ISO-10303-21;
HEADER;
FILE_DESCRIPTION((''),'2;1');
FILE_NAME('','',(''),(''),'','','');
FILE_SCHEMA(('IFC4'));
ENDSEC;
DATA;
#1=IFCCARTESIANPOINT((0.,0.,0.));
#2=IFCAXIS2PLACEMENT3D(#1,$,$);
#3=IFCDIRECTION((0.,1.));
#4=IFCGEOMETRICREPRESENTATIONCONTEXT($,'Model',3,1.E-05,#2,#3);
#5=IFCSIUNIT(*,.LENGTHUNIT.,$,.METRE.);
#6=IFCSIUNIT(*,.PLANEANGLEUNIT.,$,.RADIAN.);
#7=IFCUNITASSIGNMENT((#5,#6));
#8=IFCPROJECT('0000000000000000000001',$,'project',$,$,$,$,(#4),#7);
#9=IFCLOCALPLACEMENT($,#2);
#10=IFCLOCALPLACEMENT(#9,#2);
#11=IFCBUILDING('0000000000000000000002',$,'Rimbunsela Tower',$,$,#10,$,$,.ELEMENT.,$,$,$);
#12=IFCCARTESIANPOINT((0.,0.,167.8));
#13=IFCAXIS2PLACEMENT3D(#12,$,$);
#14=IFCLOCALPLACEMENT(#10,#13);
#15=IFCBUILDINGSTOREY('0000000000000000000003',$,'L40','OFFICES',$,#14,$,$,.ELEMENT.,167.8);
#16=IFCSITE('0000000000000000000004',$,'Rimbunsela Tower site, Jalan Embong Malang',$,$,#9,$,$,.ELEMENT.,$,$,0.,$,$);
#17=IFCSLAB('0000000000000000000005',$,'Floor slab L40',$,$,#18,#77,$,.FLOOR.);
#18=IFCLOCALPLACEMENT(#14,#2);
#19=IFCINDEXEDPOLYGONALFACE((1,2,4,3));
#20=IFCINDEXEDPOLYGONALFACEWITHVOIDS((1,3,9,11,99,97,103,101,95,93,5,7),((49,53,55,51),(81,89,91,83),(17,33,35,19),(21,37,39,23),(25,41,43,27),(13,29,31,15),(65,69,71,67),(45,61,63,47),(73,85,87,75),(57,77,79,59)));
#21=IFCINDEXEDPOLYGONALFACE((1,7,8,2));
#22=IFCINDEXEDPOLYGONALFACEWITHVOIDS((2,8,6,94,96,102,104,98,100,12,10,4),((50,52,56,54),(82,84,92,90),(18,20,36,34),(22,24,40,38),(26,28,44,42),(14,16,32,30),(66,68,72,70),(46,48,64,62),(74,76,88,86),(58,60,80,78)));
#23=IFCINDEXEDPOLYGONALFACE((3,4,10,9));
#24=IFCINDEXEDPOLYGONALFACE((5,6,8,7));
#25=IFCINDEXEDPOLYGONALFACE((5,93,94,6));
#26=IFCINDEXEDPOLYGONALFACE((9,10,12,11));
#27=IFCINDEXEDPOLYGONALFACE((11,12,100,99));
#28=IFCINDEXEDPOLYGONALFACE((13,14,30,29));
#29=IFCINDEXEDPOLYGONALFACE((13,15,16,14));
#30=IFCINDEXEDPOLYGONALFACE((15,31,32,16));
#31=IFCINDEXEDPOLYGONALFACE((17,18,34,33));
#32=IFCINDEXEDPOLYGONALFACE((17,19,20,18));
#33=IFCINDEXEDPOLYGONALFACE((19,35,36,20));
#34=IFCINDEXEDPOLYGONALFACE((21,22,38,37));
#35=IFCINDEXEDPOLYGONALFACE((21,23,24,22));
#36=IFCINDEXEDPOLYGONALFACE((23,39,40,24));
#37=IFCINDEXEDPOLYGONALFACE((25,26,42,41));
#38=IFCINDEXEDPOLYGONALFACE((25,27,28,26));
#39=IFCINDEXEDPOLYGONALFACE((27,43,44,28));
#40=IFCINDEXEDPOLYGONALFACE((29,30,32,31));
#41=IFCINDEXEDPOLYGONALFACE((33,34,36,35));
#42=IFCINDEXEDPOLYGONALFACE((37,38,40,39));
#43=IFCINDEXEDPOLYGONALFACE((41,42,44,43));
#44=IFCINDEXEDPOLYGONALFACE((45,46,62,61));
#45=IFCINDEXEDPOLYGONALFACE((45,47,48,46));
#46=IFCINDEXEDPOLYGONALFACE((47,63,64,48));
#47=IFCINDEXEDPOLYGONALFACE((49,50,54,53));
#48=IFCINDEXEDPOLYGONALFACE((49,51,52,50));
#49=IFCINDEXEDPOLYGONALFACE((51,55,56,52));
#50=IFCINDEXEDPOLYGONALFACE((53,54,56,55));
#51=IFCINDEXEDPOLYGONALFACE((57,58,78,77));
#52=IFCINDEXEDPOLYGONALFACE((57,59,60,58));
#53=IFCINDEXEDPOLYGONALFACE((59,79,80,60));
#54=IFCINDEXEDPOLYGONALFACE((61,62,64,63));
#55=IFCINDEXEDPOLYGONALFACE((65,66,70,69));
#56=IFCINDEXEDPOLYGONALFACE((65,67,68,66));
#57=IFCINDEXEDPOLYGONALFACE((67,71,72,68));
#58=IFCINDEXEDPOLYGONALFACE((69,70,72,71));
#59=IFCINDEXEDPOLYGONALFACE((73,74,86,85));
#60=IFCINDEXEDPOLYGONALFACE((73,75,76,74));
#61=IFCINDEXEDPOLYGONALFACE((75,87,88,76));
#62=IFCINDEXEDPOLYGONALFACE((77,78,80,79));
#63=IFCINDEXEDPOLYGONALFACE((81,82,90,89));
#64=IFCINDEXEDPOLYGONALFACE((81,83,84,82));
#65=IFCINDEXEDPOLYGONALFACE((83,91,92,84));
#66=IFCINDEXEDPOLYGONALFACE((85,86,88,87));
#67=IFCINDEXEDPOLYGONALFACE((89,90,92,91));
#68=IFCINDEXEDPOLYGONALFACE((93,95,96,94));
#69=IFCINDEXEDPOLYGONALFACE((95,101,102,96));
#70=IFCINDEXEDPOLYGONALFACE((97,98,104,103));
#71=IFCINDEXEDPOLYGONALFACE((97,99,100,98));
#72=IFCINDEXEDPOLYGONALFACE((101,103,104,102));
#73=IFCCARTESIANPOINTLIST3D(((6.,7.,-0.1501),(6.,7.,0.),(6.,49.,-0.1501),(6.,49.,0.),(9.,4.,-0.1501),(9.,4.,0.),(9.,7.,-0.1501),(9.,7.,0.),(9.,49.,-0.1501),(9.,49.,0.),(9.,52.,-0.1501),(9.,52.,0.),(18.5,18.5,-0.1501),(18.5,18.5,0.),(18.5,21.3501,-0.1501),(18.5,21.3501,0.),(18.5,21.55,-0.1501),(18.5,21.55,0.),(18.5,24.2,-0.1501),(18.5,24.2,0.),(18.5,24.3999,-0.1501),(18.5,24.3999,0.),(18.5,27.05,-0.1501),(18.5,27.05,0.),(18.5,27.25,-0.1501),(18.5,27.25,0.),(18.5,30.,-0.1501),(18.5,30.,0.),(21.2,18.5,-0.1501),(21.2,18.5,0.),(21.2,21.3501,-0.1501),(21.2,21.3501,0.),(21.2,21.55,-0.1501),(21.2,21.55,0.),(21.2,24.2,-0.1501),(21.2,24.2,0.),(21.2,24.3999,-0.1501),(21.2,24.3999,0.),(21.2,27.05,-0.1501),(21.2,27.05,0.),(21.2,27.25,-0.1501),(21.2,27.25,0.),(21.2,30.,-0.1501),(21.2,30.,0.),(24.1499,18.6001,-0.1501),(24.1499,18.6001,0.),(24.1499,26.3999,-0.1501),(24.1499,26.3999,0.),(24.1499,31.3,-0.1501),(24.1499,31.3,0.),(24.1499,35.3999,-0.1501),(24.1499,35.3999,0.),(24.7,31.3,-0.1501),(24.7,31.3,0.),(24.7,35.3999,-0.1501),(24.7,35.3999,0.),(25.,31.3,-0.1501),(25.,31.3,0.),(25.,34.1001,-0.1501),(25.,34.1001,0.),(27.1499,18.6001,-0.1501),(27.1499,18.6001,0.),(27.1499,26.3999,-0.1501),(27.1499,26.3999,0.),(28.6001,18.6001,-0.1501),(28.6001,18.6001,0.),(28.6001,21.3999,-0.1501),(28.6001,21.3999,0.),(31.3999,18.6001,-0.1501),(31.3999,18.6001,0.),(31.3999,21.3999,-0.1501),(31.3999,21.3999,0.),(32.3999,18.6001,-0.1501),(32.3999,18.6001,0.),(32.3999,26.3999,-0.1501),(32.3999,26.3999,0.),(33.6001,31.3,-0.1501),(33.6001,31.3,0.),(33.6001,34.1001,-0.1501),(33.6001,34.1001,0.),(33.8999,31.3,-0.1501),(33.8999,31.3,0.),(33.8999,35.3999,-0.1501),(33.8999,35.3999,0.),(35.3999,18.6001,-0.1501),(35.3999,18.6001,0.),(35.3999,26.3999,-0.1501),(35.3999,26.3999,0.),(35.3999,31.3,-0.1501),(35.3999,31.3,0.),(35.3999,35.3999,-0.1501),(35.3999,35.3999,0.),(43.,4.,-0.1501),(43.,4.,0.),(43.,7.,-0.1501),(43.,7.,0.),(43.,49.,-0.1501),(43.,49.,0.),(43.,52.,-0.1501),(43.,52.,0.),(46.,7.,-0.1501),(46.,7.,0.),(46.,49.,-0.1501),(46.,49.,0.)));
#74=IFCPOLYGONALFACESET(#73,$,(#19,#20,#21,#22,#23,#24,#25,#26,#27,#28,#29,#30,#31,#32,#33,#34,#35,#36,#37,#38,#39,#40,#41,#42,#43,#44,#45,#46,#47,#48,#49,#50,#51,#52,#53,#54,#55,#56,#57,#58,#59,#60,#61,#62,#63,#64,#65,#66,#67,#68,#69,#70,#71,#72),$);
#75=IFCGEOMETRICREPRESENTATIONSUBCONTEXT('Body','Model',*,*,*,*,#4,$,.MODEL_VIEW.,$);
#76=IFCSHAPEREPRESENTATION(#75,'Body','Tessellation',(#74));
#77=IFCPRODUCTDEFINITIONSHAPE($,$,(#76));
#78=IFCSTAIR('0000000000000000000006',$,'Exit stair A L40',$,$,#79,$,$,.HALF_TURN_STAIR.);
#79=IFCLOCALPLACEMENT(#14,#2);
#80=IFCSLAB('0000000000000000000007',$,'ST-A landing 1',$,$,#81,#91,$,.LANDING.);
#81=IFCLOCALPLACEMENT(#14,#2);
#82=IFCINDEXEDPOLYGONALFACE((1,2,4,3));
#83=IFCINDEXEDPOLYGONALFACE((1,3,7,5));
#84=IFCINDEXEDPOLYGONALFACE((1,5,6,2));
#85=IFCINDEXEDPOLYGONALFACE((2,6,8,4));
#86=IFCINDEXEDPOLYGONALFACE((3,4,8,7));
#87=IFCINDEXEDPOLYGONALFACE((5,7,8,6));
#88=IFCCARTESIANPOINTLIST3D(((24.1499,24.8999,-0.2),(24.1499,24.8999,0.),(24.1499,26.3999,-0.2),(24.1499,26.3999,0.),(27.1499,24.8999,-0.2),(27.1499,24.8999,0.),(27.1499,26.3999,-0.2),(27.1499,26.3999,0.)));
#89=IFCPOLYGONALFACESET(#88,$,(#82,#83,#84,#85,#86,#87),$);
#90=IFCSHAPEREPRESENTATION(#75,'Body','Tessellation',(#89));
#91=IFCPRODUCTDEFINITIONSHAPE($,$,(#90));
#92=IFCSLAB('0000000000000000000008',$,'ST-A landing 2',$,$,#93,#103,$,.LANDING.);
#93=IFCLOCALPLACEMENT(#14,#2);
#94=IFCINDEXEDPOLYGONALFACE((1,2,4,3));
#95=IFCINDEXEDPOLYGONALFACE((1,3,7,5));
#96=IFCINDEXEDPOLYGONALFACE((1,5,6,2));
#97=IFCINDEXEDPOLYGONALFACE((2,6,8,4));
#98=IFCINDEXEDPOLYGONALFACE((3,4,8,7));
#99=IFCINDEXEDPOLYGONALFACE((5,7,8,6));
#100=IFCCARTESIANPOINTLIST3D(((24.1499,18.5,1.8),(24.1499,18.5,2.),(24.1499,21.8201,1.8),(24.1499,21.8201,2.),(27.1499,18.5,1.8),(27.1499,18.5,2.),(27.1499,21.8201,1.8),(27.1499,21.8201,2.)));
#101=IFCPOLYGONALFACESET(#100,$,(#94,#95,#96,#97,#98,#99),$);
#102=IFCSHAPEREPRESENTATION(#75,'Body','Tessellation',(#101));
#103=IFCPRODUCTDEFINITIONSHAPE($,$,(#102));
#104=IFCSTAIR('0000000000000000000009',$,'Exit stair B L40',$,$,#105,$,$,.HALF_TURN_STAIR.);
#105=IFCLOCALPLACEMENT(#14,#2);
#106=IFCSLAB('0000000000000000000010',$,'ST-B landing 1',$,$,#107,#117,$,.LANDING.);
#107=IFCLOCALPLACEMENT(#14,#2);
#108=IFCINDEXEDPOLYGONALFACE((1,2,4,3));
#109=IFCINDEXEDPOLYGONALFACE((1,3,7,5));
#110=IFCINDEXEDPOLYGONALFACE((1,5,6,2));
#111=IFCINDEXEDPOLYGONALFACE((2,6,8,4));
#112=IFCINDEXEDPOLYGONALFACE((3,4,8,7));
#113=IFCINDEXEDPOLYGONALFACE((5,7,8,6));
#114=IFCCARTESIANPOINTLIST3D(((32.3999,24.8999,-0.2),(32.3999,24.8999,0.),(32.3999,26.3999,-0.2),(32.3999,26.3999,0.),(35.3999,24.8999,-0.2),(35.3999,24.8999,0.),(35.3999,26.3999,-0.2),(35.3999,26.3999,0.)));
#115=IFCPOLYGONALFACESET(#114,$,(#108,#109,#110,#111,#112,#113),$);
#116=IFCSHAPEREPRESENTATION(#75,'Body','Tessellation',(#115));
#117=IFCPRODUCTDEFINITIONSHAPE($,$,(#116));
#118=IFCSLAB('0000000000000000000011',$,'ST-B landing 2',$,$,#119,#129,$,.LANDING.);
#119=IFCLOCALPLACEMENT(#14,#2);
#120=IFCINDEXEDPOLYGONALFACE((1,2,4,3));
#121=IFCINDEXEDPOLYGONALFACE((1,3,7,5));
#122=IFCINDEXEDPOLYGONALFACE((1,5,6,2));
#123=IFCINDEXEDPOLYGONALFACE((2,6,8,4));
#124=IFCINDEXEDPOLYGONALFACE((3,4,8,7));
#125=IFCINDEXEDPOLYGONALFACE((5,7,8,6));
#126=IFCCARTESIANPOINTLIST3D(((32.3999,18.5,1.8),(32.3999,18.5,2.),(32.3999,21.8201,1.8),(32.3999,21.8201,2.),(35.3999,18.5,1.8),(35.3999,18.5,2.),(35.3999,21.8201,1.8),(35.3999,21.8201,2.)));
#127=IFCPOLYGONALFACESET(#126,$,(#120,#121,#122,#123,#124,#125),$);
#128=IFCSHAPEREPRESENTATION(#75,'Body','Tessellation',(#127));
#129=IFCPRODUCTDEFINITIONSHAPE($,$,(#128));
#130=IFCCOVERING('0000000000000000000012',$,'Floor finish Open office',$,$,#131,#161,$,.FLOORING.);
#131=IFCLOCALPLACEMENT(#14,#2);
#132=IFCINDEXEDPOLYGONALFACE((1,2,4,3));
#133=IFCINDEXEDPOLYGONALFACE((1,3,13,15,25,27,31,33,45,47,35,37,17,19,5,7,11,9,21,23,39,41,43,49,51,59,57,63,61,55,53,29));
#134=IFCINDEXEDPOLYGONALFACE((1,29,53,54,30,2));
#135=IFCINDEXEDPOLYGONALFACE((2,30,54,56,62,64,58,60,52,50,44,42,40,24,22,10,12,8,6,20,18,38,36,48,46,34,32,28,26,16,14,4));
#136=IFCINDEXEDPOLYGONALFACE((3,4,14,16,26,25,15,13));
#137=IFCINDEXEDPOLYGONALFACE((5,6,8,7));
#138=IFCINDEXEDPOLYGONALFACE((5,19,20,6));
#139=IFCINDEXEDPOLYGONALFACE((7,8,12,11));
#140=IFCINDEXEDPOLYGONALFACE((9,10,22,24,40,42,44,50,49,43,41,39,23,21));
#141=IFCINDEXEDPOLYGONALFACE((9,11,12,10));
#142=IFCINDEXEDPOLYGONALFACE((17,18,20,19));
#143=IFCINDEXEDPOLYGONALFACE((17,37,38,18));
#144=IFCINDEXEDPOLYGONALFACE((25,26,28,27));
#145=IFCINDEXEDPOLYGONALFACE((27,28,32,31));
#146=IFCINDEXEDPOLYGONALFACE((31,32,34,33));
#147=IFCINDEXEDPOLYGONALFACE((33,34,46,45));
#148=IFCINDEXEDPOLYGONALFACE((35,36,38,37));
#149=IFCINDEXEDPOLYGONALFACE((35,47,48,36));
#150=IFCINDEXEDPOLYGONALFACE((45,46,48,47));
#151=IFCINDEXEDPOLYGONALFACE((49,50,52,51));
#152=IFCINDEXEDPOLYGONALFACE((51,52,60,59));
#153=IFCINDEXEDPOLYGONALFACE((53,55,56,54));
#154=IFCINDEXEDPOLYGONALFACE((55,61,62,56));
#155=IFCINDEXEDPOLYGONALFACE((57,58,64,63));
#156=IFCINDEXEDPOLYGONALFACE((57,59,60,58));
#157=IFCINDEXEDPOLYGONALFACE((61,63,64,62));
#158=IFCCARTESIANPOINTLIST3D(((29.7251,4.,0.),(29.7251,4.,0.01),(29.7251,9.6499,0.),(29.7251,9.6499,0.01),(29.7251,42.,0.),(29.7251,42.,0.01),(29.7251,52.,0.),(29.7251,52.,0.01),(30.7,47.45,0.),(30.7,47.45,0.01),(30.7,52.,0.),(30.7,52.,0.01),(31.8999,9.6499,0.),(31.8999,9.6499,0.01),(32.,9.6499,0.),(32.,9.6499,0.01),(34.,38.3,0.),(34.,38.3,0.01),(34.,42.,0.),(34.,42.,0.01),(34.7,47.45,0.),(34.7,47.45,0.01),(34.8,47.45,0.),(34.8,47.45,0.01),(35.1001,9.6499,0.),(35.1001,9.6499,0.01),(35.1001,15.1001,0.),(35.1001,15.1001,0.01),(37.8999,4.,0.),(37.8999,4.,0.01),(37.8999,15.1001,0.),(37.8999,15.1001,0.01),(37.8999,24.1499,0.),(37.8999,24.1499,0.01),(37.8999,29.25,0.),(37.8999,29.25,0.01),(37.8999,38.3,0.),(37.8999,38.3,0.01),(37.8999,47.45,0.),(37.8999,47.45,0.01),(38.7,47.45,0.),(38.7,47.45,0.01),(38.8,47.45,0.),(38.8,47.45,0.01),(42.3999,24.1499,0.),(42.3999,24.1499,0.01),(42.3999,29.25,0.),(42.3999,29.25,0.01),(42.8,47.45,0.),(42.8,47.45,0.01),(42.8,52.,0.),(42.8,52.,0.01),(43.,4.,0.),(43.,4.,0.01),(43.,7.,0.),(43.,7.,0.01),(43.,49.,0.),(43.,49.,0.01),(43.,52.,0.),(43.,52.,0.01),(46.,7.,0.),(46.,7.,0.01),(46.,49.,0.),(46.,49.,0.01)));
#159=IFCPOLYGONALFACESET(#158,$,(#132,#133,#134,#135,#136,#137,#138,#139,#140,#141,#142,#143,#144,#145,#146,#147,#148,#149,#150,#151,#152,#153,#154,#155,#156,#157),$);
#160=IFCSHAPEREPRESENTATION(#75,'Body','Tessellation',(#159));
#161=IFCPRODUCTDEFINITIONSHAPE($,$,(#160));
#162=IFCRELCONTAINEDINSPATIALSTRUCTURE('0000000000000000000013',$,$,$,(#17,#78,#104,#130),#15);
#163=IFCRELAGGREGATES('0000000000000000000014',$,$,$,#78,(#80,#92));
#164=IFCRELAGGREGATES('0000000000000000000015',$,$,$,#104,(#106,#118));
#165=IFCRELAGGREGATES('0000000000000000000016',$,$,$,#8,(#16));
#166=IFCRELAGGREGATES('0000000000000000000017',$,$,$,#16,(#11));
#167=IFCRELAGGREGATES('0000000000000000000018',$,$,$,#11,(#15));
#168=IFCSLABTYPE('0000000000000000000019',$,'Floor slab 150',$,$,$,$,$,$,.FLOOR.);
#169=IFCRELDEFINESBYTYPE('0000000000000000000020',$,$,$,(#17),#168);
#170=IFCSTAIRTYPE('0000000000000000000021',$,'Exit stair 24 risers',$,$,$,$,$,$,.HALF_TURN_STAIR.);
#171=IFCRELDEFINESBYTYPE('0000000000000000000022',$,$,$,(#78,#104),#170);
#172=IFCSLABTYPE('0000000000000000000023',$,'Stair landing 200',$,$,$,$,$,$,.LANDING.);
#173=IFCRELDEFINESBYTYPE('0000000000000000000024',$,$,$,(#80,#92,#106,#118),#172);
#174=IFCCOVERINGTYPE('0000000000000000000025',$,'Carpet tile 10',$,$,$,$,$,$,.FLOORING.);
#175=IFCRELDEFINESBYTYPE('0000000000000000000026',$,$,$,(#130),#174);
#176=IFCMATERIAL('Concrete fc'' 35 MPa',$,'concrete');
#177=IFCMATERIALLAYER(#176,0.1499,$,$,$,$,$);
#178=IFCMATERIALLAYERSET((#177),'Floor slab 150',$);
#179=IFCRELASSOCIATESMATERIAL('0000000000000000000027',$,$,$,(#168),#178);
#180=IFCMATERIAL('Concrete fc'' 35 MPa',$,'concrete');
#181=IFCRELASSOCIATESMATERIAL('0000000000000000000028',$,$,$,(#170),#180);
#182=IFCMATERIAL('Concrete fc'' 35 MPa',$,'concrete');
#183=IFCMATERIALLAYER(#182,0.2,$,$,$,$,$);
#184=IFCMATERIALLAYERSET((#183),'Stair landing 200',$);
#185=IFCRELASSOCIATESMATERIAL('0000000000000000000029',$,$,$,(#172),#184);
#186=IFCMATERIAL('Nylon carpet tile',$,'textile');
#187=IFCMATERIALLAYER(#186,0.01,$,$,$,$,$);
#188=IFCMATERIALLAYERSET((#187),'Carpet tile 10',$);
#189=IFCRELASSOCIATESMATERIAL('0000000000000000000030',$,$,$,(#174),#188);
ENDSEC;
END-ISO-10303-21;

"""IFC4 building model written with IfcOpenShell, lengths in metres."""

from ifc_helpers import new_model, si_unit, direction, frame, origin, place, context, subcontext, project, spatial, polyline, outline, extrude, material, layer, layer_set, type_object, element, aggregate, save


model = new_model("IFC4")

# Units and contexts
model_context = context("Model", 3, precision=1e-05, world=origin(), true_north=direction((0.0, 1.0)))
body_context = subcontext(model_context, "Body", "Model", "MODEL_VIEW")
ifc_project = project(units=[si_unit("LENGTHUNIT", "METRE"), si_unit("PLANEANGLEUNIT", "RADIAN")], contexts=[model_context])

# Site, building, storey
site_placement = place(None, origin())
site = spatial("IfcSite", under=ifc_project, at=site_placement, Name="Rimbunsela Tower site, Jalan Embong Malang", CompositionType="ELEMENT", RefElevation=0.0)
building_placement = place(site_placement, origin())
building = spatial("IfcBuilding", under=site, at=building_placement, Name="Rimbunsela Tower", CompositionType="ELEMENT")
storey_placement = place(building_placement, frame((0.0, 0.0, 167.8)))
storey = spatial("IfcBuildingStorey", under=building, at=storey_placement, Name="L40", Description="OFFICES", CompositionType="ELEMENT", Elevation=167.8)

# Slab
ifc_material_1 = material(Name="Concrete fc' 35 MPa", Category="concrete")
ifc_layer_1 = layer(ifc_material_1, 0.1499)
ifc_layer_set_1 = layer_set([ifc_layer_1], Name="Floor slab 150")
slab_type_1 = type_object("IfcSlabType", Name="Floor slab 150", PredefinedType="FLOOR", material=ifc_layer_set_1)
slab_1_placement = place(storey_placement, frame((0.0, 0.0, -0.1501)))
element("IfcSlab", 1, at=slab_1_placement, inside=storey, type_object=slab_type_1, Name="Floor slab L40", PredefinedType="FLOOR", context=body_context, shape_type="SweptSolid", body=[
    extrude(outline(polyline([(9.0, 4.0), (43.0, 4.0), (43.0, 7.0), (46.0, 7.0), (46.0, 49.0), (43.0, 49.0), (43.0, 52.0), (9.0, 52.0), (9.0, 49.0), (6.0, 49.0), (6.0, 7.0), (9.0, 7.0), (9.0, 4.0)]), holes=[polyline([(21.2, 21.3501), (18.5, 21.3501), (18.5, 18.5), (21.2, 18.5), (21.2, 21.3501)]), polyline([(21.2, 21.55), (21.2, 24.2), (18.5, 24.2), (18.5, 21.55), (21.2, 21.55)]), polyline([(21.2, 27.05), (18.5, 27.05), (18.5, 24.3999), (21.2, 24.3999), (21.2, 27.05)]), polyline([(21.2, 27.25), (21.2, 30.0), (18.5, 30.0), (18.5, 27.25), (21.2, 27.25)]), polyline([(27.1499, 18.6001), (27.1499, 26.3999), (24.1499, 26.3999), (24.1499, 18.6001), (27.1499, 18.6001)]), polyline([(24.7, 31.3), (24.7, 35.3999), (24.1499, 35.3999), (24.1499, 31.3), (24.7, 31.3)]), polyline([(25.0, 34.1001), (25.0, 31.3), (33.6001, 31.3), (33.6001, 34.1001), (25.0, 34.1001)]), polyline([(31.3999, 21.3999), (28.6001, 21.3999), (28.6001, 18.6001), (31.3999, 18.6001), (31.3999, 21.3999)]), polyline([(35.3999, 18.6001), (35.3999, 26.3999), (32.3999, 26.3999), (32.3999, 18.6001), (35.3999, 18.6001)]), polyline([(35.3999, 31.3), (35.3999, 35.3999), (33.8999, 35.3999), (33.8999, 31.3), (35.3999, 31.3)])]), origin(), (0.0, 0.0, 1.0), 0.1501),
])

# Stairs, slabs
ifc_material_2 = material(Name="Concrete fc' 35 MPa", Category="concrete")
stair_type = type_object("IfcStairType", Name="Exit stair 24 risers", PredefinedType="HALF_TURN_STAIR", material=ifc_material_2)
stair_1_placement = place(storey_placement, origin())
stair_1 = element("IfcStair", 2, at=stair_1_placement, inside=storey, type_object=stair_type, Name="Exit stair A L40", PredefinedType="HALF_TURN_STAIR")
ifc_material_3 = material(Name="Concrete fc' 35 MPa", Category="concrete")
ifc_layer_2 = layer(ifc_material_3, 0.2)
ifc_layer_set_2 = layer_set([ifc_layer_2], Name="Stair landing 200")
slab_type_2 = type_object("IfcSlabType", Name="Stair landing 200", PredefinedType="LANDING", material=ifc_layer_set_2)
slab_2_placement = place(storey_placement, frame((0.0, 0.0, -0.2)))
slab_2 = element("IfcSlab", 3, at=slab_2_placement, type_object=slab_type_2, Name="ST-A landing 1", PredefinedType="LANDING", context=body_context, shape_type="SweptSolid", body=[
    extrude(outline(polyline([(24.1499, 24.8999), (27.1499, 24.8999), (27.1499, 26.3999), (24.1499, 26.3999), (24.1499, 24.8999)])), origin(), (0.0, 0.0, 1.0), 0.2),
])
slab_3_placement = place(storey_placement, frame((0.0, 0.0, 1.8)))
slab_3 = element("IfcSlab", 4, at=slab_3_placement, type_object=slab_type_2, Name="ST-A landing 2", PredefinedType="LANDING", context=body_context, shape_type="SweptSolid", body=[
    extrude(outline(polyline([(24.1499, 18.5), (27.1499, 18.5), (27.1499, 21.8201), (24.1499, 21.8201), (24.1499, 18.5)])), origin(), (0.0, 0.0, 1.0), 0.2),
])
aggregate(stair_1, [slab_2, slab_3])
stair_2_placement = place(storey_placement, origin())
stair_2 = element("IfcStair", 5, at=stair_2_placement, inside=storey, type_object=stair_type, Name="Exit stair B L40", PredefinedType="HALF_TURN_STAIR")
slab_4_placement = place(storey_placement, frame((0.0, 0.0, -0.2)))
slab_4 = element("IfcSlab", 6, at=slab_4_placement, type_object=slab_type_2, Name="ST-B landing 1", PredefinedType="LANDING", context=body_context, shape_type="SweptSolid", body=[
    extrude(outline(polyline([(32.3999, 24.8999), (35.3999, 24.8999), (35.3999, 26.3999), (32.3999, 26.3999), (32.3999, 24.8999)])), origin(), (0.0, 0.0, 1.0), 0.2),
])
slab_5_placement = place(storey_placement, frame((0.0, 0.0, 1.8)))
slab_5 = element("IfcSlab", 7, at=slab_5_placement, type_object=slab_type_2, Name="ST-B landing 2", PredefinedType="LANDING", context=body_context, shape_type="SweptSolid", body=[
    extrude(outline(polyline([(32.3999, 18.5), (35.3999, 18.5), (35.3999, 21.8201), (32.3999, 21.8201), (32.3999, 18.5)])), origin(), (0.0, 0.0, 1.0), 0.2),
])
aggregate(stair_2, [slab_4, slab_5])

# Covering
ifc_material_4 = material(Name="Nylon carpet tile", Category="textile")
ifc_layer_3 = layer(ifc_material_4, 0.01)
ifc_layer_set_3 = layer_set([ifc_layer_3], Name="Carpet tile 10")
covering_type_1 = type_object("IfcCoveringType", Name="Carpet tile 10", PredefinedType="FLOORING", material=ifc_layer_set_3)
covering_1_placement = place(storey_placement, origin())
element("IfcCovering", 8, at=covering_1_placement, inside=storey, type_object=covering_type_1, Name="Floor finish Open office", PredefinedType="FLOORING", context=body_context, shape_type="SweptSolid", body=[
    extrude(outline(polyline([(29.7251, 52.0), (30.7, 52.0), (30.7, 47.45), (34.7, 47.45), (34.8, 47.45), (37.8999, 47.45), (38.7, 47.45), (38.8, 47.45), (42.8, 47.45), (42.8, 52.0), (43.0, 52.0), (43.0, 49.0), (46.0, 49.0), (46.0, 7.0), (43.0, 7.0), (43.0, 4.0), (37.8999, 4.0), (29.7251, 4.0), (29.7251, 9.6499), (31.8999, 9.6499), (32.0, 9.6499), (35.1001, 9.6499), (35.1001, 15.1001), (37.8999, 15.1001), (37.8999, 24.1499), (42.3999, 24.1499), (42.3999, 29.25), (37.8999, 29.25), (37.8999, 38.3), (34.0, 38.3), (34.0, 42.0), (29.7251, 42.0), (29.7251, 52.0)])), origin(), (0.0, 0.0, 1.0), 0.01),
])

save(model, "model.ifc")
